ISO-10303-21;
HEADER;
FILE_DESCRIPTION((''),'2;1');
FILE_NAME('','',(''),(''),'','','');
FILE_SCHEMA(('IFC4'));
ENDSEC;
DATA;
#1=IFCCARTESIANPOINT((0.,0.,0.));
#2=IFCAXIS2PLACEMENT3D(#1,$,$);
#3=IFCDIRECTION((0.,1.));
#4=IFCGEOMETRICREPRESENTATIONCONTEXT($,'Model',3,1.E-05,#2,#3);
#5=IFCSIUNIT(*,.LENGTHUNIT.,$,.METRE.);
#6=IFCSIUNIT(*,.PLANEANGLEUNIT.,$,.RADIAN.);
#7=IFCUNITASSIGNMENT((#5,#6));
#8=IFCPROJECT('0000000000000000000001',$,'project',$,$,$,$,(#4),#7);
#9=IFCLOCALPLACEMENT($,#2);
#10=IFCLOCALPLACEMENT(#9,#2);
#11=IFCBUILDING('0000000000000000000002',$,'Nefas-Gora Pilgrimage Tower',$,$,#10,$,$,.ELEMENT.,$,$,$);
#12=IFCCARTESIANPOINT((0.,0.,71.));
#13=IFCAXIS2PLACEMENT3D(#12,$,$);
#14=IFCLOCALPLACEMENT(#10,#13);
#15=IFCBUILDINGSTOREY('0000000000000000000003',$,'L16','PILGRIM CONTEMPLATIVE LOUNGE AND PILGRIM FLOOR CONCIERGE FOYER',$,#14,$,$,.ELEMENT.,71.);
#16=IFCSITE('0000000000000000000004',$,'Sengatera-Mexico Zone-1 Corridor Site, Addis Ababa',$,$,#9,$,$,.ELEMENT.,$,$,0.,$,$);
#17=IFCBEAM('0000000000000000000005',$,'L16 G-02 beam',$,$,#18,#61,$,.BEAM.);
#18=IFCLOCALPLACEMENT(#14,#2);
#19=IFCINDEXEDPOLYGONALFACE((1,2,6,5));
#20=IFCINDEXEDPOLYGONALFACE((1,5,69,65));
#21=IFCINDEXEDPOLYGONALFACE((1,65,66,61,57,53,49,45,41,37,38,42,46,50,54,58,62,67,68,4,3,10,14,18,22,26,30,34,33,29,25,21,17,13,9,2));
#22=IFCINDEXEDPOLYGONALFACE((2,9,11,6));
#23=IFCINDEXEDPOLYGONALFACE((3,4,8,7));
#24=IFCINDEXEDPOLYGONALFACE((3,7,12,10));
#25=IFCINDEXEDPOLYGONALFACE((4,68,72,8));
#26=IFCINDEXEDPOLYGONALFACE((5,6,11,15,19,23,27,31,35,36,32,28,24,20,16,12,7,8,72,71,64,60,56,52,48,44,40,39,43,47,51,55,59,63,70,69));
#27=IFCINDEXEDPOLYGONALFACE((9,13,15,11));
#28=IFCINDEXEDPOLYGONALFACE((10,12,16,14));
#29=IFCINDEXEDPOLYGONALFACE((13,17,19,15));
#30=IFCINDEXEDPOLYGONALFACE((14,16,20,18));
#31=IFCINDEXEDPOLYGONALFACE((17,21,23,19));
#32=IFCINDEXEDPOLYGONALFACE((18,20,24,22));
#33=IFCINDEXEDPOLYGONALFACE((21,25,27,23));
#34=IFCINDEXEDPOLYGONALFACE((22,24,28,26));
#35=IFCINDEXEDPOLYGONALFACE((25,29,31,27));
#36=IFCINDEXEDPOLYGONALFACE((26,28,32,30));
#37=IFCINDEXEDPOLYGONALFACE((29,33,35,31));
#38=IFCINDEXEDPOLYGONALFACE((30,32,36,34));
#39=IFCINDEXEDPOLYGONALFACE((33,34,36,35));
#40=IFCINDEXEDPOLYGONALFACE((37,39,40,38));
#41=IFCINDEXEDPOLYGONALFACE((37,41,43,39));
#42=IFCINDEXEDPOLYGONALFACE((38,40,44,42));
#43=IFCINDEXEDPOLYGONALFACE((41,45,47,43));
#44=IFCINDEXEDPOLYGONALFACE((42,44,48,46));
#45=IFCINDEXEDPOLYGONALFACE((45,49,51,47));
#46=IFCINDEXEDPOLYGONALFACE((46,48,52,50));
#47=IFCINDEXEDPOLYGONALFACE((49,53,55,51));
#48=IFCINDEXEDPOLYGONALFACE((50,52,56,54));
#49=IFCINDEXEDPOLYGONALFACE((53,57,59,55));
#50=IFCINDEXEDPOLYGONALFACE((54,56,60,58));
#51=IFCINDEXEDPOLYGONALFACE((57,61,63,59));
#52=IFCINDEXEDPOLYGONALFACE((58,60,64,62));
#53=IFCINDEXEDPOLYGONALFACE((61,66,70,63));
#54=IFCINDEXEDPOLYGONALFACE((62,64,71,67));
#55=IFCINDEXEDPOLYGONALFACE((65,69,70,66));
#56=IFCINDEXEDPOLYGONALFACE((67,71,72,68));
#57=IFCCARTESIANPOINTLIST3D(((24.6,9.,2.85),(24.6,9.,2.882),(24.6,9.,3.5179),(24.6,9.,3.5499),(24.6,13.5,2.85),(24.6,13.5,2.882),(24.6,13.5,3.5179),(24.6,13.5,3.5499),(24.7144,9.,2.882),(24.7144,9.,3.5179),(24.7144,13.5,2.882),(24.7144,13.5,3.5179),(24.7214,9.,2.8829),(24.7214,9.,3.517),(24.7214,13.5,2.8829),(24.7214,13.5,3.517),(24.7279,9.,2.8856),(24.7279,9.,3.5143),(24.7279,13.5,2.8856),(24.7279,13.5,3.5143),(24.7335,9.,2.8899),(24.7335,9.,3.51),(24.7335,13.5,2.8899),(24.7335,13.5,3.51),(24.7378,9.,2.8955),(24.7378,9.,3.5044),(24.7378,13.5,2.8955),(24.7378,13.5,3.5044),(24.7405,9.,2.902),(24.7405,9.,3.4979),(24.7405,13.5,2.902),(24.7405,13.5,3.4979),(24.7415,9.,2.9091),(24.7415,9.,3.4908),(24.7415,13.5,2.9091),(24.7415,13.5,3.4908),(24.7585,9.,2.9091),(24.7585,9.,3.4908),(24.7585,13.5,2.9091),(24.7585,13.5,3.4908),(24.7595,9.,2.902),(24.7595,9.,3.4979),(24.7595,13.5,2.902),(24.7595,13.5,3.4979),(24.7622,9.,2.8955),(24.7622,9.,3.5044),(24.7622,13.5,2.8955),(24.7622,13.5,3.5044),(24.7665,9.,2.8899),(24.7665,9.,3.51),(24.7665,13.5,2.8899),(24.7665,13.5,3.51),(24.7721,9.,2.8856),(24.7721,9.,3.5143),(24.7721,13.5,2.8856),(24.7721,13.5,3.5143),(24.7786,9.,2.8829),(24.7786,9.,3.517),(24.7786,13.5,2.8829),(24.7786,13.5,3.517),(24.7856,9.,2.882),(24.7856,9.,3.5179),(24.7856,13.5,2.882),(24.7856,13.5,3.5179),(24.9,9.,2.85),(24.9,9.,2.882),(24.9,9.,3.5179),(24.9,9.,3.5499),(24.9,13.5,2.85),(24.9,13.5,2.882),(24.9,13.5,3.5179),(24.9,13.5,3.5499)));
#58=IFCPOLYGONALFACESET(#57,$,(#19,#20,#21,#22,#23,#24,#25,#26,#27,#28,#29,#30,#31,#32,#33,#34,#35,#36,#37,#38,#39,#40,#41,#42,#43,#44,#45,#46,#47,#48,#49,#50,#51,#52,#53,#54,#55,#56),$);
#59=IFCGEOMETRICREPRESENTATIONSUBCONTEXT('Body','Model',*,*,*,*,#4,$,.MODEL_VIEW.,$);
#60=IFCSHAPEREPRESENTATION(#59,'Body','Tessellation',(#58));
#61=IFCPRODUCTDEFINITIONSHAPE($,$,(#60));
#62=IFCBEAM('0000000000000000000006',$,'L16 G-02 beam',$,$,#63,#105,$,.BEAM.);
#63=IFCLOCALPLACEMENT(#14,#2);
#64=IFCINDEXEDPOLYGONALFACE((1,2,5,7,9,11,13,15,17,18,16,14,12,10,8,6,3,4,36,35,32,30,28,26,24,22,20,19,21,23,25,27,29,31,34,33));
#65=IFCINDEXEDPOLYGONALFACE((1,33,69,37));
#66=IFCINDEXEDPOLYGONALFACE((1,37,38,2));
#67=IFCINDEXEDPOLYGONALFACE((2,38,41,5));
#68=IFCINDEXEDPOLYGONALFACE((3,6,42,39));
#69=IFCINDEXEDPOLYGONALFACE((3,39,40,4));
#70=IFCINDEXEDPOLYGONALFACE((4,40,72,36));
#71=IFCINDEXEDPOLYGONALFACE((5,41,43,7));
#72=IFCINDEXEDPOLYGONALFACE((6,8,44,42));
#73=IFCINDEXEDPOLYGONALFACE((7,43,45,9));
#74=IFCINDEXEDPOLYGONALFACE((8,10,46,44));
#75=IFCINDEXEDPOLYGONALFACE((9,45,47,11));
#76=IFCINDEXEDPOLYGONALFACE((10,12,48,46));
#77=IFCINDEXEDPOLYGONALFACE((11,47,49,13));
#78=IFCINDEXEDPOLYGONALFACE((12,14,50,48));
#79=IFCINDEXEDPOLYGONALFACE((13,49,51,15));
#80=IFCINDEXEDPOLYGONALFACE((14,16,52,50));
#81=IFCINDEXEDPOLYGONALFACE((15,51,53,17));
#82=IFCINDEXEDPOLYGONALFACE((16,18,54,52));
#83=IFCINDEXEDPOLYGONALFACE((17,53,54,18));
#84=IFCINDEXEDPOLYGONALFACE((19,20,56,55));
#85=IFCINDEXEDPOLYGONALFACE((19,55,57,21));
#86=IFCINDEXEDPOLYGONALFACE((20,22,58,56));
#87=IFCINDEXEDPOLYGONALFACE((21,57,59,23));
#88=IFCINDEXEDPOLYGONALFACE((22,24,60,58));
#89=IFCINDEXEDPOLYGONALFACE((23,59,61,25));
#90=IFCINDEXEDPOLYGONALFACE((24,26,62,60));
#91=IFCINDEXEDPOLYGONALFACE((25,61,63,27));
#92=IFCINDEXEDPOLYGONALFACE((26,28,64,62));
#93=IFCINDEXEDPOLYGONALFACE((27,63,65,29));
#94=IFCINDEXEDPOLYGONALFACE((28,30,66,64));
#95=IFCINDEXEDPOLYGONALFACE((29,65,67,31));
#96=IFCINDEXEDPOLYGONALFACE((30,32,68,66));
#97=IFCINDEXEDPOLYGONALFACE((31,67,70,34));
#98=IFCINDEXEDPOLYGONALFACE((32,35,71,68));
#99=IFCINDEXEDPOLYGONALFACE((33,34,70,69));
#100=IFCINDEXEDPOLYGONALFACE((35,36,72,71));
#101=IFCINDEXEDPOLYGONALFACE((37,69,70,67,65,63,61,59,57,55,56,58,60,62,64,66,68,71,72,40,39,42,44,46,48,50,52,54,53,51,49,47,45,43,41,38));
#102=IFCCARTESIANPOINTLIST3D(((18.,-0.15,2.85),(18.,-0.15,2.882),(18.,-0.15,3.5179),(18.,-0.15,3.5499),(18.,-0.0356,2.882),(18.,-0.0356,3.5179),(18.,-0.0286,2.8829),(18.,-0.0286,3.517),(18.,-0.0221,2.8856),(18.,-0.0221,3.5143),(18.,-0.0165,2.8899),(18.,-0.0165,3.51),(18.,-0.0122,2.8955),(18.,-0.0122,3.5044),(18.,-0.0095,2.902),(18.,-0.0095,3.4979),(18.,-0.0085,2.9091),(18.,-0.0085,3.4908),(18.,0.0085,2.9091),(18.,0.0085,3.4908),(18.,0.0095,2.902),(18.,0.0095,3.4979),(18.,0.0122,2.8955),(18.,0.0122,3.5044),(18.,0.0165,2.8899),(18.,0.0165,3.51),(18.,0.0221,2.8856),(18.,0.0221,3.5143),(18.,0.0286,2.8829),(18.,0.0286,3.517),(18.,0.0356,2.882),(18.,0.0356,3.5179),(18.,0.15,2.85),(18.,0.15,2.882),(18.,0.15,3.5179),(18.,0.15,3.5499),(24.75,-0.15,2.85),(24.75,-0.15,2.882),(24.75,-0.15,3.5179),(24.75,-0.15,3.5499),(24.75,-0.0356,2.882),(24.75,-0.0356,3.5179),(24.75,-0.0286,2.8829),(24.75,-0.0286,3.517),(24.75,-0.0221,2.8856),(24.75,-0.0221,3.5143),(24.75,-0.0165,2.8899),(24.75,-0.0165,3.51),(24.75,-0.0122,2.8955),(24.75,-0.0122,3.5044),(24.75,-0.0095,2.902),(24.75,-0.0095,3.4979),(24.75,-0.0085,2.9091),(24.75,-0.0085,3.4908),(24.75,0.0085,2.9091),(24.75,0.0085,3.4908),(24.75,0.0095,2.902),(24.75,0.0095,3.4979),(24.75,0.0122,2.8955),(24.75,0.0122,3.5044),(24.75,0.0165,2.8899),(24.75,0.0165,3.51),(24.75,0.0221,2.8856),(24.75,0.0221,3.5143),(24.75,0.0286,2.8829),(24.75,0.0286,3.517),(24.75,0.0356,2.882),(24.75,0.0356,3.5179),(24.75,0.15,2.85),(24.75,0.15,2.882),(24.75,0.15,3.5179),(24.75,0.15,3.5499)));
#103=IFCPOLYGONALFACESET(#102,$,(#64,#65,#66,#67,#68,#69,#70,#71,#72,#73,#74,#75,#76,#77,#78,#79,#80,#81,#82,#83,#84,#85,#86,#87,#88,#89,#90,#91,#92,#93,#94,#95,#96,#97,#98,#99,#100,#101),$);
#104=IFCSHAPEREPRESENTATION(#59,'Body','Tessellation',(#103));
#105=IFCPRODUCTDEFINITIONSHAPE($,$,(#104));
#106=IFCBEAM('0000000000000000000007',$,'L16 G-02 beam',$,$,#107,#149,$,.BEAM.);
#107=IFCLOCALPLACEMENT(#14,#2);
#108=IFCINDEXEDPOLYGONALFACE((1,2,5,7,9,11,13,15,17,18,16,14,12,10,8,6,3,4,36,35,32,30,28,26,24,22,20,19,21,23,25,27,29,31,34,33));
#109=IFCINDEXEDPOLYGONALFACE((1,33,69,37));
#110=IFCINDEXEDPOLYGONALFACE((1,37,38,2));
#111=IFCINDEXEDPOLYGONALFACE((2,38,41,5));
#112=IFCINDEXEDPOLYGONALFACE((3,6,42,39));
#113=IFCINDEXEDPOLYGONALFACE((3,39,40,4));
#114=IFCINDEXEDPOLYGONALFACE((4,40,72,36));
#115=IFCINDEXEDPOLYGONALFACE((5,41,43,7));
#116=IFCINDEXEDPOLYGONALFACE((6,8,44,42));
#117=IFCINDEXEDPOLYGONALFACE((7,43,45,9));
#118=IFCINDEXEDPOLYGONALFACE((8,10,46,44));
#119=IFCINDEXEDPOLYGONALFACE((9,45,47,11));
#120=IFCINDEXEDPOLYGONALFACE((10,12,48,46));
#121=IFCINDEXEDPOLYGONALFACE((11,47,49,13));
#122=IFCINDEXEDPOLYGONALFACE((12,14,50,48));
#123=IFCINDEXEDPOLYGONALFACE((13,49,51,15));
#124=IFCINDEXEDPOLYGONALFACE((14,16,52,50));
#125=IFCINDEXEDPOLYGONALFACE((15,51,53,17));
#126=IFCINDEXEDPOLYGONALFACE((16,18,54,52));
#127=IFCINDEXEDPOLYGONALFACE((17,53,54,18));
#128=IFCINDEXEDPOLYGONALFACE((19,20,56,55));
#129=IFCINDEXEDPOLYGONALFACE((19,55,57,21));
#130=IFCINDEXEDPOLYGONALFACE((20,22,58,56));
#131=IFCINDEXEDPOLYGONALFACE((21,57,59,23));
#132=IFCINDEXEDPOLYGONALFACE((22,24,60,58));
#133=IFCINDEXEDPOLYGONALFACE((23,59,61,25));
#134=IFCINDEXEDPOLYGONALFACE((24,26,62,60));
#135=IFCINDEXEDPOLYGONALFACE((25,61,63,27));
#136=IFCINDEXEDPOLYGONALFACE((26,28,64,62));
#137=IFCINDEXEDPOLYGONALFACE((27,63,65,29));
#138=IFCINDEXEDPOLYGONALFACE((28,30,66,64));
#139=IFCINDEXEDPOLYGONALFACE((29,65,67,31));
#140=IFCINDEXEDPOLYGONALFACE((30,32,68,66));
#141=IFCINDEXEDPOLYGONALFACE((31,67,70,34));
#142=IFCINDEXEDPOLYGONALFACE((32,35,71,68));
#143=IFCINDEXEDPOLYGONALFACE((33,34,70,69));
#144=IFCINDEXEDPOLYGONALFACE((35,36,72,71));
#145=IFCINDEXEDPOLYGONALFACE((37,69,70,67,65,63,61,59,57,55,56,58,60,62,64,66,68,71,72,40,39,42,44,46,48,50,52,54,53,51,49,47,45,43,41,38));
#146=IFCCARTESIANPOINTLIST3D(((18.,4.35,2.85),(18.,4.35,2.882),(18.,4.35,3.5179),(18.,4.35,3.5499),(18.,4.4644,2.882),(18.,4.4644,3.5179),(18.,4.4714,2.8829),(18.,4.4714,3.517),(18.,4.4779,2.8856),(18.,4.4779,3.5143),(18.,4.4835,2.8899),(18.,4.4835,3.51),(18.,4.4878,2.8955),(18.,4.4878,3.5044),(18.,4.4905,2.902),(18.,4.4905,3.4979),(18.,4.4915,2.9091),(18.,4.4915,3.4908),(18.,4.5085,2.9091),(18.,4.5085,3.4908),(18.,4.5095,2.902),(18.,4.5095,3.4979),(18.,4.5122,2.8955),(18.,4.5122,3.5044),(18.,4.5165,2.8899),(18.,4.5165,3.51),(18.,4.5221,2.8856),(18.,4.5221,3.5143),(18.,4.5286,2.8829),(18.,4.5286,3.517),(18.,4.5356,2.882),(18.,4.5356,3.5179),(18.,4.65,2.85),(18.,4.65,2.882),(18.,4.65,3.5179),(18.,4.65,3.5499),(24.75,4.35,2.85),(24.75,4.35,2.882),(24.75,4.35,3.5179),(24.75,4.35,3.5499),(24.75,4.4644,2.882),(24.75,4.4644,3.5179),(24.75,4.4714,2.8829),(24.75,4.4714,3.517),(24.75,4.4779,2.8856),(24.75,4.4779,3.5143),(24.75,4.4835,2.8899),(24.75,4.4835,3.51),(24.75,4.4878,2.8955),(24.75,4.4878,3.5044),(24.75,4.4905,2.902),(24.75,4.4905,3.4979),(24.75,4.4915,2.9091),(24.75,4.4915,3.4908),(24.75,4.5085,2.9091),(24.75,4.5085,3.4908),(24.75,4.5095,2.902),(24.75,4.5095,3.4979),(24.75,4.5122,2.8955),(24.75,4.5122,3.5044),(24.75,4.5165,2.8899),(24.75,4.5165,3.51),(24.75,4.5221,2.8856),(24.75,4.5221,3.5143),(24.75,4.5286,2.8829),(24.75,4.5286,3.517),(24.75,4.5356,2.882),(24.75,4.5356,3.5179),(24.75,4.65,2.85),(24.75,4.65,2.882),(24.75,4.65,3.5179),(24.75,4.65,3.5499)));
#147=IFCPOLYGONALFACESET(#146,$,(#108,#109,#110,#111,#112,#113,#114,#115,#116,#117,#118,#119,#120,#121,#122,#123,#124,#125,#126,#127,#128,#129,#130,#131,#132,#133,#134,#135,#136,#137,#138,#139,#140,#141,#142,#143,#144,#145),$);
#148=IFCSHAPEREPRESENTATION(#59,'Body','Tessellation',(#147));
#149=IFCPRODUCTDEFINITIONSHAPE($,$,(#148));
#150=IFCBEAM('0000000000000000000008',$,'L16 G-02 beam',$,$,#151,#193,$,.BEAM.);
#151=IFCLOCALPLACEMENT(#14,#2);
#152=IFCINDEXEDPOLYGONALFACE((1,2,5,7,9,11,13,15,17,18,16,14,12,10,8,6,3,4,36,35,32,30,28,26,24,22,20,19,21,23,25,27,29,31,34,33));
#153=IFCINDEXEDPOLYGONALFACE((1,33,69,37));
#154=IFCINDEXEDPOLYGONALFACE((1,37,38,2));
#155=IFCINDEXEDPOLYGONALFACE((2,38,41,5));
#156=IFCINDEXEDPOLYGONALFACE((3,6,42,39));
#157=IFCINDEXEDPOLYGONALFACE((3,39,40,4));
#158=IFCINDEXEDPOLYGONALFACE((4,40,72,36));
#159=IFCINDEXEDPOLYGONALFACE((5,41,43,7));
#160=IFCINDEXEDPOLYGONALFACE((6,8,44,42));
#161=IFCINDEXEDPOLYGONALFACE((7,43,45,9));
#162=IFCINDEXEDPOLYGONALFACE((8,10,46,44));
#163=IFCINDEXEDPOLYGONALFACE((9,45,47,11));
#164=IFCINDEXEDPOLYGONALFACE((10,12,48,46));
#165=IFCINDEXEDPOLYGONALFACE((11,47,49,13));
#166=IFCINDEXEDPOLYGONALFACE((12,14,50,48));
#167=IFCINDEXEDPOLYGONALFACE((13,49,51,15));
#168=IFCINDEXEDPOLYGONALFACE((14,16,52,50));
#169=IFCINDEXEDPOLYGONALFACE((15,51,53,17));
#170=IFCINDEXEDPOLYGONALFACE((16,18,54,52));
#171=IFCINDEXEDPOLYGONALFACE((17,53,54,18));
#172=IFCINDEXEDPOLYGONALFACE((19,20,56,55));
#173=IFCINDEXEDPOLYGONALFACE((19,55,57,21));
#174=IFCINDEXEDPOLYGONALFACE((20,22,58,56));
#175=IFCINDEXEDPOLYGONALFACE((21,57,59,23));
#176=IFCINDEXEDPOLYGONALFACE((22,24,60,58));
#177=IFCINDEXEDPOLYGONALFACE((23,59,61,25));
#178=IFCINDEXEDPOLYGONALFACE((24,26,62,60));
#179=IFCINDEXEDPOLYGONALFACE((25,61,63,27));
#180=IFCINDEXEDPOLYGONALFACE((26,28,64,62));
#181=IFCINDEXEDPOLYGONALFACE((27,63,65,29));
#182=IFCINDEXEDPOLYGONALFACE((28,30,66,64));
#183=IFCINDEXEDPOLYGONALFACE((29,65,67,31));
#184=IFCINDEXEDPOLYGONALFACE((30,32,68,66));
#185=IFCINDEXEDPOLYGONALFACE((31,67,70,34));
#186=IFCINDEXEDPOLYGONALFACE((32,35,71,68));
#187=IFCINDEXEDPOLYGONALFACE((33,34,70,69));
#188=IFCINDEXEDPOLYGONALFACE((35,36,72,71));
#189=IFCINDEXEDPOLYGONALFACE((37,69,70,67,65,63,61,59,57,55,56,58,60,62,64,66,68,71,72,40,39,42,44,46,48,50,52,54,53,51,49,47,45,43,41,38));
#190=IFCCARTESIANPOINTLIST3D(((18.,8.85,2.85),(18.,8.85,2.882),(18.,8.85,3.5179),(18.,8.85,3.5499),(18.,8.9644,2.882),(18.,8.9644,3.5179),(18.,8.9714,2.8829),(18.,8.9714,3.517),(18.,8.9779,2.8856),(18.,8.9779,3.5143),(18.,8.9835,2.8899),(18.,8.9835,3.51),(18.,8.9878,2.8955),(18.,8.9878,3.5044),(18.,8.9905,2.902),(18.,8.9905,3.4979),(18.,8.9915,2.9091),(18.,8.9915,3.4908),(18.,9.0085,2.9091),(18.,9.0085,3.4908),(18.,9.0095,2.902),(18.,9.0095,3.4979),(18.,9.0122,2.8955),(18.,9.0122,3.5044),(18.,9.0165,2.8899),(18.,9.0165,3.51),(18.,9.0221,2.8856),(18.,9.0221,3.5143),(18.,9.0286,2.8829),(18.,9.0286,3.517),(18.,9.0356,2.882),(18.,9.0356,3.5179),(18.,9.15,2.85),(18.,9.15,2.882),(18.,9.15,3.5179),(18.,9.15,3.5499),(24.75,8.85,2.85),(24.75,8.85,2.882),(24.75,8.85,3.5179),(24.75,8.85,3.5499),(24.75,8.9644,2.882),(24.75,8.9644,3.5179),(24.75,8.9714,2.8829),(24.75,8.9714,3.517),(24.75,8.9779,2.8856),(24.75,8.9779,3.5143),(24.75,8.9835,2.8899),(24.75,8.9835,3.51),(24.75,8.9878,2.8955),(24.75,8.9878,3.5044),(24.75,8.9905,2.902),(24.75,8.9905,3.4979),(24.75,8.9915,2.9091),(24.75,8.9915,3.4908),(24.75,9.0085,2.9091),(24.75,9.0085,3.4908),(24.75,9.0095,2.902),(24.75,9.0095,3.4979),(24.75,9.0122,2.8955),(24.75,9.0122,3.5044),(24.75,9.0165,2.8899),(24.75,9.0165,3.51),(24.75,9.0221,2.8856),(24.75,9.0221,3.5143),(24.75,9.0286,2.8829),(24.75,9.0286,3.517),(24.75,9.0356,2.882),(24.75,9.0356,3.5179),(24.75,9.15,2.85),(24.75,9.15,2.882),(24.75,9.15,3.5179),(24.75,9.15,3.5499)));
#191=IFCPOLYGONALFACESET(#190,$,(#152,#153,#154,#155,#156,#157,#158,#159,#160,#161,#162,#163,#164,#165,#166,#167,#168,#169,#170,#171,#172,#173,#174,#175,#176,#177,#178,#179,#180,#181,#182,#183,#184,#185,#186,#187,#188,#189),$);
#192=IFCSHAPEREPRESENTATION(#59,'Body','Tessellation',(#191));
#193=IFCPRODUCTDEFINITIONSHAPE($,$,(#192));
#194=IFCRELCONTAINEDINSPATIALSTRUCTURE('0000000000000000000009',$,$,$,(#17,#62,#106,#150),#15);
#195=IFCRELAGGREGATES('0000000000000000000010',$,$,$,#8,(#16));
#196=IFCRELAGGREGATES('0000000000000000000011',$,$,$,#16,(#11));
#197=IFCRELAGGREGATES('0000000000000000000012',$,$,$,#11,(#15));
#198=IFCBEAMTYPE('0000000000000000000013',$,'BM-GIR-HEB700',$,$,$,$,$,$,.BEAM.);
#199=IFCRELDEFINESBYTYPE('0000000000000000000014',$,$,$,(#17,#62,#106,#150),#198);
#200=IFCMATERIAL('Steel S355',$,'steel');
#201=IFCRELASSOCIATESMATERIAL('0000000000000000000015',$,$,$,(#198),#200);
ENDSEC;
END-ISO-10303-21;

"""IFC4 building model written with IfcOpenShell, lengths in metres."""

from ifc_helpers import new_model, si_unit, direction, frame, origin, origin_2d, place, context, subcontext, project, spatial, i_section, extrude, source, transform, mapped, material, material_profile, profile_set, type_object, element, save


model = new_model("IFC4")

# Units and contexts
model_context = context("Model", 3, precision=1e-05, world=origin(), true_north=direction((0.0, 1.0)))
body_context = subcontext(model_context, "Body", "Model", "MODEL_VIEW")
ifc_project = project(units=[si_unit("LENGTHUNIT", "METRE"), si_unit("PLANEANGLEUNIT", "RADIAN")], contexts=[model_context])

# Site, building, storey
site_placement = place(None, origin())
site = spatial("IfcSite", under=ifc_project, at=site_placement, Name="Sengatera-Mexico Zone-1 Corridor Site, Addis Ababa", CompositionType="ELEMENT", RefElevation=0.0)
building_placement = place(site_placement, origin())
building = spatial("IfcBuilding", under=site, at=building_placement, Name="Nefas-Gora Pilgrimage Tower", CompositionType="ELEMENT")
storey_placement = place(building_placement, frame((0.0, 0.0, 71.0)))
storey = spatial("IfcBuildingStorey", under=building, at=storey_placement, Name="L16", Description="PILGRIM CONTEMPLATIVE LOUNGE AND PILGRIM FLOOR CONCIERGE FOYER", CompositionType="ELEMENT", Elevation=71.0)

# Beams
ifc_material_1 = material(Name="Steel S355", Category="steel")
ifc_material_profile_1 = material_profile(ifc_material_1, i_section(OverallWidth=0.3, OverallDepth=0.7, WebThickness=0.0171, FlangeThickness=0.032, FilletRadius=0.0271, at=origin_2d()), Name="HEB 700")
ifc_profile_set_1 = profile_set([ifc_material_profile_1], Name="Steel S355")
beam_type_1 = type_object("IfcBeamType", Name="BM-GIR-HEB700", PredefinedType="BEAM", material=ifc_profile_set_1)
shared_shape_1 = source(origin(), body_context, "Body", "SweptSolid", [
    extrude(i_section(OverallWidth=0.3, OverallDepth=0.7, WebThickness=0.0171, FlangeThickness=0.032, FilletRadius=0.0271, at=origin_2d()), origin(), (0.0, 0.0, 1.0), 4.5),
])
for number, where, z_axis, x_axis, name in (
    (1, (24.75, 9.0, 3.2), (0.0, 1.0, 0.0), (-1.0, 0.0, 0.0), "L16 G-02 beam"),
):
    element("IfcBeam", number, at=place(storey_placement, frame(where, z_axis=z_axis, x_axis=x_axis)), inside=storey, type_object=beam_type_1, Name=name, PredefinedType="BEAM", context=body_context, shape_type="MappedRepresentation", body=[
        mapped(shared_shape_1, transform((0.0, 0.0, 0.0), x_axis=(1.0, 0.0, 0.0), y_axis=(0.0, 1.0, 0.0), z_axis=(0.0, 0.0, 1.0), scale=1.0)),
    ])
shared_shape_2 = source(origin(), body_context, "Body", "SweptSolid", [
    extrude(i_section(OverallWidth=0.3, OverallDepth=0.7, WebThickness=0.0171, FlangeThickness=0.032, FilletRadius=0.0271, at=origin_2d()), origin(), (0.0, 0.0, 1.0), 6.75),
])
for number, where, z_axis, x_axis, name in (
    (2, (18.0, 0.0, 3.2), (1.0, 0.0, 0.0), (0.0, 1.0, 0.0), "L16 G-02 beam"),
    (3, (18.0, 4.5, 3.2), (1.0, 0.0, 0.0), (0.0, 1.0, 0.0), "L16 G-02 beam"),
    (4, (18.0, 9.0, 3.2), (1.0, 0.0, 0.0), (0.0, 1.0, 0.0), "L16 G-02 beam"),
):
    element("IfcBeam", number, at=place(storey_placement, frame(where, z_axis=z_axis, x_axis=x_axis)), inside=storey, type_object=beam_type_1, Name=name, PredefinedType="BEAM", context=body_context, shape_type="MappedRepresentation", body=[
        mapped(shared_shape_2, transform((0.0, 0.0, 0.0), x_axis=(1.0, 0.0, 0.0), y_axis=(0.0, 1.0, 0.0), z_axis=(0.0, 0.0, 1.0), scale=1.0)),
    ])

save(model, "model.ifc")
